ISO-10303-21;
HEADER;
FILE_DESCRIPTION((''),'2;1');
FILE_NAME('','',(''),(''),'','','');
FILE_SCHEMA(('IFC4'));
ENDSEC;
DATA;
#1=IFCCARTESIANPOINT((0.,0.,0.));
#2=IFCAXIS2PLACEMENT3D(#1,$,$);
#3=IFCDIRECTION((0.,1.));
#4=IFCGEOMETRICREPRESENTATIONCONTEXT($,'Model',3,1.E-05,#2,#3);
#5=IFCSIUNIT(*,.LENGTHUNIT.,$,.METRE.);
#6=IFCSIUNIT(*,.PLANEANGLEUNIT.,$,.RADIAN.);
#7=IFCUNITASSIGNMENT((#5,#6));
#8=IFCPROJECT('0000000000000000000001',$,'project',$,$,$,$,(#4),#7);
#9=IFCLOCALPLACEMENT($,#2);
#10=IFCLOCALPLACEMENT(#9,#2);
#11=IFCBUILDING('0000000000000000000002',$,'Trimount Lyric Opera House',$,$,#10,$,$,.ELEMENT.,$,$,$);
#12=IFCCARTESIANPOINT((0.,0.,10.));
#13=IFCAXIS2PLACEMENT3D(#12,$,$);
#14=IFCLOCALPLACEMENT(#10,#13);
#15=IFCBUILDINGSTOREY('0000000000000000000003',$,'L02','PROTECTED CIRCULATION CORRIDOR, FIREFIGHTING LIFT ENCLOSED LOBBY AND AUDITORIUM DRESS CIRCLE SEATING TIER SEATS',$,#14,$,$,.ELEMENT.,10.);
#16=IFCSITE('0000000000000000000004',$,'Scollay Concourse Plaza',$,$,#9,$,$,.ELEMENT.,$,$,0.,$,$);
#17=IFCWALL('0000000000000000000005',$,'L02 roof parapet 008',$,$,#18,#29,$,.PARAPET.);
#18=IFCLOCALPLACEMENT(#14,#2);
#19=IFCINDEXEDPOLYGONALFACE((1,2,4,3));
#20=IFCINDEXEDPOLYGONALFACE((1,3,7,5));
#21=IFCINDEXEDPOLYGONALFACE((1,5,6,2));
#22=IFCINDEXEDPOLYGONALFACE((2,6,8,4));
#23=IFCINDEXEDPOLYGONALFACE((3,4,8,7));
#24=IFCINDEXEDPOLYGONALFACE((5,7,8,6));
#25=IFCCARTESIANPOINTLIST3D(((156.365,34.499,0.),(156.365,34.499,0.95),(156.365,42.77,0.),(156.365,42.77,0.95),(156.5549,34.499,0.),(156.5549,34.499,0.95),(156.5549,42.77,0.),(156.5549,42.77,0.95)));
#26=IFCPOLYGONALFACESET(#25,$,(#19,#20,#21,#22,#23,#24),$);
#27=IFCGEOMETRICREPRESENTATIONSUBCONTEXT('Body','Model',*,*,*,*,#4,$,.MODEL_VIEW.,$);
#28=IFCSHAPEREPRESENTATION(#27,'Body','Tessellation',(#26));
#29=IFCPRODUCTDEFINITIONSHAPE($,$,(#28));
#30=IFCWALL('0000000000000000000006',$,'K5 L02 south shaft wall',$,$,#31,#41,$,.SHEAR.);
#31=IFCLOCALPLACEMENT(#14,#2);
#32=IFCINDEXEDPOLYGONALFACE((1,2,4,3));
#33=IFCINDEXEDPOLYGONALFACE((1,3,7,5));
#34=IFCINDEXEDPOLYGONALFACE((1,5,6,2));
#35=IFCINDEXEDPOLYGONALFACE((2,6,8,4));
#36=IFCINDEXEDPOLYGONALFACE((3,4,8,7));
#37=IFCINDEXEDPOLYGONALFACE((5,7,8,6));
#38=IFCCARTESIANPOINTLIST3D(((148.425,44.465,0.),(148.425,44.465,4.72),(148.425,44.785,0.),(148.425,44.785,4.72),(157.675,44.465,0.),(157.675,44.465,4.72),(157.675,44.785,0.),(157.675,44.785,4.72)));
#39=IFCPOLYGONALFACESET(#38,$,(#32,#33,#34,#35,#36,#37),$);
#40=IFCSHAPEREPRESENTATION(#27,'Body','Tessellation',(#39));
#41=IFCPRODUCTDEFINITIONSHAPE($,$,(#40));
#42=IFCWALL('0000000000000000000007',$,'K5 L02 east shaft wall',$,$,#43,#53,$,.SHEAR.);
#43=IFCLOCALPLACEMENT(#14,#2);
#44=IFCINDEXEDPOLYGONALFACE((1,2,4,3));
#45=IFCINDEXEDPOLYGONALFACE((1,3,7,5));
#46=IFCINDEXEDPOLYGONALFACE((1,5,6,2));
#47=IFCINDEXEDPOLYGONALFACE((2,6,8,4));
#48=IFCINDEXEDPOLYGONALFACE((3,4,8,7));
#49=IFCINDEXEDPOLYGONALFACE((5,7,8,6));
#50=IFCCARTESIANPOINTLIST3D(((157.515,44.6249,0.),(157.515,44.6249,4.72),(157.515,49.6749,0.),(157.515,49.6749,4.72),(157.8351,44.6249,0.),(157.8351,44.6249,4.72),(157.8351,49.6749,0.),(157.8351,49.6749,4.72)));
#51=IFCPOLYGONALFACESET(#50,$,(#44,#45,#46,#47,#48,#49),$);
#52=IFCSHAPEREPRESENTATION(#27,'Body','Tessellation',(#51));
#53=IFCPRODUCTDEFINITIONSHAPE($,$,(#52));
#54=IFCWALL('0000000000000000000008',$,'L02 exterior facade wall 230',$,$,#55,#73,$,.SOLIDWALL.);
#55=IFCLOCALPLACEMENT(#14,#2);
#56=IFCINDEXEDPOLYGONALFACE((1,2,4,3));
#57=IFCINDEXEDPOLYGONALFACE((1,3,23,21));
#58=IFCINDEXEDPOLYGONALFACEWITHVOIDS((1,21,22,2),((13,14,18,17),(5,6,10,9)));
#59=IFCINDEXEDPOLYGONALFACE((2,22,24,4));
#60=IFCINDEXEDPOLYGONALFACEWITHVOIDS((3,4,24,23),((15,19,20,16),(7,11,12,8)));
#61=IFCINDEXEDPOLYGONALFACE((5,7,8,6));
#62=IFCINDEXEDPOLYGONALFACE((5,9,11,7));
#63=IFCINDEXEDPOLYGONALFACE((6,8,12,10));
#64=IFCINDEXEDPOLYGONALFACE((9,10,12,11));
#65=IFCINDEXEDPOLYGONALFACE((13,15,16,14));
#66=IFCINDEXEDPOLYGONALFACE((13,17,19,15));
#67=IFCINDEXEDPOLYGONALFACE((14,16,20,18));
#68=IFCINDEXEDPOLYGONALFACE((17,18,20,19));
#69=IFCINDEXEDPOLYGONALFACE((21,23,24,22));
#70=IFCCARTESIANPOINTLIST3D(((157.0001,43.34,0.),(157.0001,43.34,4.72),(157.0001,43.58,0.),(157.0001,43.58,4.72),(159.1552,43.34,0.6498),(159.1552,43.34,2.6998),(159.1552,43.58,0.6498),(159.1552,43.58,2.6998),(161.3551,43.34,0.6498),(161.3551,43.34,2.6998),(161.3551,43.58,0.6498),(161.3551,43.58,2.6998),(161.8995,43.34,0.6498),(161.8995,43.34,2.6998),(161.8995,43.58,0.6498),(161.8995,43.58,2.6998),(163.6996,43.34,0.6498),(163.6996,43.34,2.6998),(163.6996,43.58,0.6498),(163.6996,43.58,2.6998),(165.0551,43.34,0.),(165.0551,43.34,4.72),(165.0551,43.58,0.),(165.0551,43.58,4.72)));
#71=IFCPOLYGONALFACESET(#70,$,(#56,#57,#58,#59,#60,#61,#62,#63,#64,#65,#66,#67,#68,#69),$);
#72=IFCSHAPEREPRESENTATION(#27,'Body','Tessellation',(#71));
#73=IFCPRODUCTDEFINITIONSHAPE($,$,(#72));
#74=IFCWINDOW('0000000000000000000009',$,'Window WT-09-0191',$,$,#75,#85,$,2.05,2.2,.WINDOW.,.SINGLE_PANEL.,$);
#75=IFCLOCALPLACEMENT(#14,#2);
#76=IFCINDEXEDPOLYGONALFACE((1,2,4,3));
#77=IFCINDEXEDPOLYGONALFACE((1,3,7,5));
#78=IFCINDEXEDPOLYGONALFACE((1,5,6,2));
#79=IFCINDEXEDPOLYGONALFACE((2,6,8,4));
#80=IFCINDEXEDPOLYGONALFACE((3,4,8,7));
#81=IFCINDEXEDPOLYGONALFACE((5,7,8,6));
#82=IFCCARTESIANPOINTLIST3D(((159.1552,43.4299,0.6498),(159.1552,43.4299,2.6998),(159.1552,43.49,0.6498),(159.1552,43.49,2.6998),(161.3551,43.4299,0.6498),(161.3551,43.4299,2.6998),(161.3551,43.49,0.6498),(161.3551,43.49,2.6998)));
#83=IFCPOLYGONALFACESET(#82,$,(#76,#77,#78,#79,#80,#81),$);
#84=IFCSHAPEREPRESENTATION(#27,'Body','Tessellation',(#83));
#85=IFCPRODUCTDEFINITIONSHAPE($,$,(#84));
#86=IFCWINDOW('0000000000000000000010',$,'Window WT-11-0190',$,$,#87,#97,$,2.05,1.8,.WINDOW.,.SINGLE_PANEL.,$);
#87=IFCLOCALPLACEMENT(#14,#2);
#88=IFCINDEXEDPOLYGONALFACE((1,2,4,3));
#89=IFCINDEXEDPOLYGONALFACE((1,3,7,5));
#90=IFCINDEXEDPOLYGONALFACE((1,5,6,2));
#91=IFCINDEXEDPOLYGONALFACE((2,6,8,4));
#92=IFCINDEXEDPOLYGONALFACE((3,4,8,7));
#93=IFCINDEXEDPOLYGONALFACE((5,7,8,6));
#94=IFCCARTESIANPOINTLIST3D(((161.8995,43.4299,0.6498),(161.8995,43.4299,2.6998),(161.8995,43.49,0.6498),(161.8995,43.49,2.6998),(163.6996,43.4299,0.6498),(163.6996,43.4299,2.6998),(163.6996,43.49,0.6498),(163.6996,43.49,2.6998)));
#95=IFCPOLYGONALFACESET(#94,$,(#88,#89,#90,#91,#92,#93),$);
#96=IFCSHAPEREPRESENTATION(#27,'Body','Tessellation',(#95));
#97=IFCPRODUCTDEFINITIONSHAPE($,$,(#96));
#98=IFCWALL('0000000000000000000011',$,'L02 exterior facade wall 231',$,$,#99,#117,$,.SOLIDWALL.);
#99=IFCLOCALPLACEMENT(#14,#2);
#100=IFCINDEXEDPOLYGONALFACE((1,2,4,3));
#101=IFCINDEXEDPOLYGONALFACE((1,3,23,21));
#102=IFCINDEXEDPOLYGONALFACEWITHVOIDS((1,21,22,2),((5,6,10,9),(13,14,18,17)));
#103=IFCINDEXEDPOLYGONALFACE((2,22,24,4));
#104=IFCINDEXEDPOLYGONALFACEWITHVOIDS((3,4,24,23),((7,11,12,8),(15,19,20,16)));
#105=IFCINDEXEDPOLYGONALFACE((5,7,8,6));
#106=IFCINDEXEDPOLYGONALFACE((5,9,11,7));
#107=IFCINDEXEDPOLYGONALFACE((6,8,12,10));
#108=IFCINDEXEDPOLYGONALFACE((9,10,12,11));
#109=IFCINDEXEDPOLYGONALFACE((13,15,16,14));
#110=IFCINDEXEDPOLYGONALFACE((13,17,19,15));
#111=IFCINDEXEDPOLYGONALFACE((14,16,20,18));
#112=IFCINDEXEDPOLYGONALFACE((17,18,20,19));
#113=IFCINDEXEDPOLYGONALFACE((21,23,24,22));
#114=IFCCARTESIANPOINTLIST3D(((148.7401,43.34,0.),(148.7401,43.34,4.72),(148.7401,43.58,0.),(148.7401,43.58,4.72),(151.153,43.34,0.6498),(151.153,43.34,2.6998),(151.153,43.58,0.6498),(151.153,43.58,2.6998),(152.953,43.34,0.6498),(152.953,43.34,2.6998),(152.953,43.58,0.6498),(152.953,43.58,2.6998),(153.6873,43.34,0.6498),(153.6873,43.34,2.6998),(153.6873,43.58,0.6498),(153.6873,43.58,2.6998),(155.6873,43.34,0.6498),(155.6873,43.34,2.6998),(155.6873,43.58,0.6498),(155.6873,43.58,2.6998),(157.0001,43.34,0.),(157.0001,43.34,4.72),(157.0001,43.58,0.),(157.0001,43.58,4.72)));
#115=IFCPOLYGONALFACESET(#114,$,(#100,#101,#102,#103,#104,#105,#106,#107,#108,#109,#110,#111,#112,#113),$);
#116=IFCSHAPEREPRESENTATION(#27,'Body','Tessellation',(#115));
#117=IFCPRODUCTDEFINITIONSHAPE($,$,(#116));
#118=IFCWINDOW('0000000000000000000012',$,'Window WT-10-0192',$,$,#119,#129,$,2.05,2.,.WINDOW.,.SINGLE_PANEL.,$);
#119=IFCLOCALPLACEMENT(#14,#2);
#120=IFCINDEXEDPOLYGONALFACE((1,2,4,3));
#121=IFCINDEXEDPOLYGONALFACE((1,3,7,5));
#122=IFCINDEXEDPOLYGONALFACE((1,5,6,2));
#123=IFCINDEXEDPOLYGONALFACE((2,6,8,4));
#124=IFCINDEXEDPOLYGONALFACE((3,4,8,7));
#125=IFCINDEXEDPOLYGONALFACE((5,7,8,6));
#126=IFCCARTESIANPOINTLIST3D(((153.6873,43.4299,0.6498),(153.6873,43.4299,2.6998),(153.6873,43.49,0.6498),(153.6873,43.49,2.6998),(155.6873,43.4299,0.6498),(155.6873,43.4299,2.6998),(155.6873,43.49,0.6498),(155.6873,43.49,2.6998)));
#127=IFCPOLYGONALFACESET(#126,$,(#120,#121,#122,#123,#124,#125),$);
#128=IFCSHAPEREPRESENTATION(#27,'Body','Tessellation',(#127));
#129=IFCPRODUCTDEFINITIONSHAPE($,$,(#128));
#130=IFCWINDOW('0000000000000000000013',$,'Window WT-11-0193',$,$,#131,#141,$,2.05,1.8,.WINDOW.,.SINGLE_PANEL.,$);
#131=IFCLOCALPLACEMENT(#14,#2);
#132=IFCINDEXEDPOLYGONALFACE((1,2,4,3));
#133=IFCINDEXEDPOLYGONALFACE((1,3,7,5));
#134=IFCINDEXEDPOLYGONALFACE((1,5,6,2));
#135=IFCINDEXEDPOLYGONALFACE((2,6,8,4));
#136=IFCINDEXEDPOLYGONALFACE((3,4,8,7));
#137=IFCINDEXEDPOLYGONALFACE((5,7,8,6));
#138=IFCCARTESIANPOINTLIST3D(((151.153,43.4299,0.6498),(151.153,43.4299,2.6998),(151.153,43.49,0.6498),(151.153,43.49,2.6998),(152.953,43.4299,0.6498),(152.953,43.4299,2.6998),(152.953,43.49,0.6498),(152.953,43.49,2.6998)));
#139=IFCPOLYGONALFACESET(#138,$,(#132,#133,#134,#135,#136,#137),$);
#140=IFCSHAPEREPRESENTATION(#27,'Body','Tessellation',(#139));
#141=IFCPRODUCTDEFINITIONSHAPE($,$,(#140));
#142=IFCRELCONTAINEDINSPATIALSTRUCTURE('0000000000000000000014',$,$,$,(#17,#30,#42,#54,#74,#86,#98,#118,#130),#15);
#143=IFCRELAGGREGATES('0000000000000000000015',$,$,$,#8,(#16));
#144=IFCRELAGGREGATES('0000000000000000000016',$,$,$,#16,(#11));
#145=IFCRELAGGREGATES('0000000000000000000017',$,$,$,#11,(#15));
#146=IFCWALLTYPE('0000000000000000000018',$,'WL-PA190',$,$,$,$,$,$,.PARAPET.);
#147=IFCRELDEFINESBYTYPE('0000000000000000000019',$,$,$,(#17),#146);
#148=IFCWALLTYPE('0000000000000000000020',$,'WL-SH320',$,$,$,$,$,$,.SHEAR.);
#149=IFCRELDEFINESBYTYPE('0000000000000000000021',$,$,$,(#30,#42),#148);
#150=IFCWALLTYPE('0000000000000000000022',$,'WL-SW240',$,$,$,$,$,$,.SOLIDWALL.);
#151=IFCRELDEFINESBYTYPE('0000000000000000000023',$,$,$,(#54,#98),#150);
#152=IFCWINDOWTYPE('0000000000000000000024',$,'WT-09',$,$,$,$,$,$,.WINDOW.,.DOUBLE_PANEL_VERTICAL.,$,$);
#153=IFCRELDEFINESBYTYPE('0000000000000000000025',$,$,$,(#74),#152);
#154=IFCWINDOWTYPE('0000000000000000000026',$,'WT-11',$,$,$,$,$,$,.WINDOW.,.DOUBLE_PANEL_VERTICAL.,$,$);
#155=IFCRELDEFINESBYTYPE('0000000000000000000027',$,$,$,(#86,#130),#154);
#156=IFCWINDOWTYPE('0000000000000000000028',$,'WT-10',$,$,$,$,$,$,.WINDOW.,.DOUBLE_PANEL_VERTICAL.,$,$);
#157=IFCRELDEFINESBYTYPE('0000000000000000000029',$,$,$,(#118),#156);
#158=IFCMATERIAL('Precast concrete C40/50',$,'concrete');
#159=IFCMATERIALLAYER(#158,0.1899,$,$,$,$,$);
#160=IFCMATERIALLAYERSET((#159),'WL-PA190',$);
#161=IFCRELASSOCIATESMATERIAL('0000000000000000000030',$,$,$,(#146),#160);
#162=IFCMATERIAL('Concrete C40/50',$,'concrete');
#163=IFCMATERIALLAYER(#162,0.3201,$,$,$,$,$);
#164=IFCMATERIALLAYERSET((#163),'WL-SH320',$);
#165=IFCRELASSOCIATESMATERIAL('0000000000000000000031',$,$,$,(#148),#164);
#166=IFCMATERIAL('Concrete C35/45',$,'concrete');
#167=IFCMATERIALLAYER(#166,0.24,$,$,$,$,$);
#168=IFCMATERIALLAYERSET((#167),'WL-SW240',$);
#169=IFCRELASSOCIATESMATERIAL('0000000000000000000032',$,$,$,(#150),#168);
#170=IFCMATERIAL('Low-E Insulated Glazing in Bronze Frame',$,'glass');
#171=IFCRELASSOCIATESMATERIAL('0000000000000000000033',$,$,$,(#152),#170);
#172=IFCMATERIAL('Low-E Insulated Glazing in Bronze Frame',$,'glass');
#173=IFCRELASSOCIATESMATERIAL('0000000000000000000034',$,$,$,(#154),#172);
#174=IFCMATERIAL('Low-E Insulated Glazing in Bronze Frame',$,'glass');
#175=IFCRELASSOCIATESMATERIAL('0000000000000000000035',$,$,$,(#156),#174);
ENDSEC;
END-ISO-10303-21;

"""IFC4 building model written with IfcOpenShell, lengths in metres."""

from ifc_helpers import new_model, si_unit, direction, frame, frame_2d, origin, place, context, subcontext, project, spatial, rectangle, extrude, material, layer, layer_set, type_object, element, fill, save


model = new_model("IFC4")

# Units and contexts
model_context = context("Model", 3, precision=1e-05, world=origin(), true_north=direction((0.0, 1.0)))
body_context = subcontext(model_context, "Body", "Model", "MODEL_VIEW")
ifc_project = project(units=[si_unit("LENGTHUNIT", "METRE"), si_unit("PLANEANGLEUNIT", "RADIAN")], contexts=[model_context])

# Site, building, storey
site_placement = place(None, origin())
site = spatial("IfcSite", under=ifc_project, at=site_placement, Name="Scollay Concourse Plaza", CompositionType="ELEMENT", RefElevation=0.0)
building_placement = place(site_placement, origin())
building = spatial("IfcBuilding", under=site, at=building_placement, Name="Trimount Lyric Opera House", CompositionType="ELEMENT")
storey_placement = place(building_placement, frame((0.0, 0.0, 10.0)))
storey = spatial("IfcBuildingStorey", under=building, at=storey_placement, Name="L02", Description="PROTECTED CIRCULATION CORRIDOR, FIREFIGHTING LIFT ENCLOSED LOBBY AND AUDITORIUM DRESS CIRCLE SEATING TIER SEATS", CompositionType="ELEMENT", Elevation=10.0)

# Walls
ifc_material_1 = material(Name="Precast concrete C40/50", Category="concrete")
ifc_layer_1 = layer(ifc_material_1, 0.1899)
ifc_layer_set_1 = layer_set([ifc_layer_1], Name="WL-PA190")
wall_type_1 = type_object("IfcWallType", Name="WL-PA190", PredefinedType="PARAPET", material=ifc_layer_set_1)
wall_1_placement = place(storey_placement, frame((156.46, 34.499, 0.0), z_axis=(0.0, 0.0, 1.0), x_axis=(0.0, 1.0, 0.0)))
element("IfcWall", 1, at=wall_1_placement, inside=storey, type_object=wall_type_1, Name="L02 roof parapet 008", PredefinedType="PARAPET", context=body_context, shape_type="SweptSolid", body=[
    extrude(rectangle(XDim=8.271, YDim=0.1899, at=frame_2d((4.1355, 0.0))), origin(), (0.0, 0.0, 1.0), 0.95),
])
ifc_material_2 = material(Name="Concrete C40/50", Category="concrete")
ifc_layer_2 = layer(ifc_material_2, 0.3201)
ifc_layer_set_2 = layer_set([ifc_layer_2], Name="WL-SH320")
wall_type_2 = type_object("IfcWallType", Name="WL-SH320", PredefinedType="SHEAR", material=ifc_layer_set_2)
wall_2_placement = place(storey_placement, frame((148.425, 44.625, 0.0), z_axis=(0.0, 0.0, 1.0), x_axis=(1.0, 0.0, 0.0)))
element("IfcWall", 2, at=wall_2_placement, inside=storey, type_object=wall_type_2, Name="K5 L02 south shaft wall", PredefinedType="SHEAR", context=body_context, shape_type="SweptSolid", body=[
    extrude(rectangle(XDim=9.25, YDim=0.3201, at=frame_2d((4.625, 0.0))), origin(), (0.0, 0.0, 1.0), 4.72),
])
wall_3_placement = place(storey_placement, frame((157.675, 44.625, 0.0), z_axis=(0.0, 0.0, 1.0), x_axis=(0.0, 1.0, 0.0)))
element("IfcWall", 3, at=wall_3_placement, inside=storey, type_object=wall_type_2, Name="K5 L02 east shaft wall", PredefinedType="SHEAR", context=body_context, shape_type="SweptSolid", body=[
    extrude(rectangle(XDim=5.05, YDim=0.3201, at=frame_2d((2.5249, 0.0))), origin(), (0.0, 0.0, 1.0), 4.72),
])

# Walls, openings, windows
ifc_material_3 = material(Name="Concrete C35/45", Category="concrete")
ifc_layer_3 = layer(ifc_material_3, 0.24)
ifc_layer_set_3 = layer_set([ifc_layer_3], Name="WL-SW240")
wall_type_3 = type_object("IfcWallType", Name="WL-SW240", PredefinedType="SOLIDWALL", material=ifc_layer_set_3)
wall_4_placement = place(storey_placement, frame((165.0549, 43.46, 0.0), z_axis=(0.0, 0.0, 1.0), x_axis=(-1.0, 0.0, 0.0)))
wall_4 = element("IfcWall", 4, at=wall_4_placement, inside=storey, type_object=wall_type_3, Name="L02 exterior facade wall 230", PredefinedType="SOLIDWALL", context=body_context, shape_type="SweptSolid", body=[
    extrude(rectangle(XDim=8.0549, YDim=0.24, at=frame_2d((4.0273, 0.0))), origin(), (0.0, 0.0, 1.0), 4.72),
])
opening_1_placement = place(wall_4_placement, frame((1.3555, 0.0, 0.6499)))
opening_1 = element("IfcOpeningElement", 5, at=opening_1_placement, cuts=wall_4, PredefinedType="OPENING", context=body_context, shape_type="SweptSolid", body=[
    extrude(rectangle(XDim=1.8, YDim=2.05, at=frame_2d((0.8999, 1.0249))), frame((0.0, 0.1299, 0.0), z_axis=(0.0, -1.0, 0.0), x_axis=(1.0, 0.0, 0.0)), (0.0, 0.0, 1.0), 0.26),
])
opening_2_placement = place(wall_4_placement, frame((3.6997, 0.0, 0.6499)))
opening_2 = element("IfcOpeningElement", 6, at=opening_2_placement, cuts=wall_4, PredefinedType="OPENING", context=body_context, shape_type="SweptSolid", body=[
    extrude(rectangle(XDim=2.2, YDim=2.05, at=frame_2d((1.1001, 1.0249))), frame((0.0, 0.1299, 0.0), z_axis=(0.0, -1.0, 0.0), x_axis=(1.0, 0.0, 0.0)), (0.0, 0.0, 1.0), 0.26),
])
ifc_material_4 = material(Name="Low-E Insulated Glazing in Bronze Frame", Category="glass")
window_type_1 = type_object("IfcWindowType", Name="WT-09", PartitioningType="DOUBLE_PANEL_VERTICAL", PredefinedType="WINDOW", material=ifc_material_4)
window_1_placement = place(opening_2_placement, origin())
window_1 = element("IfcWindow", 7, at=window_1_placement, inside=storey, type_object=window_type_1, Name="Window WT-09-0191", OverallHeight=2.05, OverallWidth=2.2, PartitioningType="SINGLE_PANEL", PredefinedType="WINDOW", context=body_context, shape_type="SweptSolid", body=[
    extrude(rectangle(XDim=2.2, YDim=2.05, at=frame_2d((1.1001, 1.0249))), frame((0.0, 0.03, 0.0), z_axis=(0.0, -1.0, 0.0), x_axis=(1.0, 0.0, 0.0)), (0.0, 0.0, 1.0), 0.0601),
])
fill(opening_2, window_1)
ifc_material_5 = material(Name="Low-E Insulated Glazing in Bronze Frame", Category="glass")
window_type_2 = type_object("IfcWindowType", Name="WT-11", PartitioningType="DOUBLE_PANEL_VERTICAL", PredefinedType="WINDOW", material=ifc_material_5)
window_2_placement = place(opening_1_placement, origin())
window_2 = element("IfcWindow", 8, at=window_2_placement, inside=storey, type_object=window_type_2, Name="Window WT-11-0190", OverallHeight=2.05, OverallWidth=1.8, PartitioningType="SINGLE_PANEL", PredefinedType="WINDOW", context=body_context, shape_type="SweptSolid", body=[
    extrude(rectangle(XDim=1.8, YDim=2.05, at=frame_2d((0.8999, 1.0249))), frame((0.0, 0.03, 0.0), z_axis=(0.0, -1.0, 0.0), x_axis=(1.0, 0.0, 0.0)), (0.0, 0.0, 1.0), 0.0601),
])
fill(opening_1, window_2)
wall_5_placement = place(storey_placement, frame((157.0, 43.46, 0.0), z_axis=(0.0, 0.0, 1.0), x_axis=(-1.0, 0.0, 0.0)))
wall_5 = element("IfcWall", 9, at=wall_5_placement, inside=storey, type_object=wall_type_3, Name="L02 exterior facade wall 231", PredefinedType="SOLIDWALL", context=body_context, shape_type="SweptSolid", body=[
    extrude(rectangle(XDim=8.26, YDim=0.24, at=frame_2d((4.1299, 0.0))), origin(), (0.0, 0.0, 1.0), 4.72),
])
opening_3_placement = place(wall_5_placement, frame((1.3127, 0.0, 0.6499)))
opening_3 = element("IfcOpeningElement", 10, at=opening_3_placement, cuts=wall_5, PredefinedType="OPENING", context=body_context, shape_type="SweptSolid", body=[
    extrude(rectangle(XDim=2.0, YDim=2.05, at=frame_2d((1.0, 1.0249))), frame((0.0, 0.1299, 0.0), z_axis=(0.0, -1.0, 0.0), x_axis=(1.0, 0.0, 0.0)), (0.0, 0.0, 1.0), 0.26),
])
opening_4_placement = place(wall_5_placement, frame((4.0471, 0.0, 0.6499)))
opening_4 = element("IfcOpeningElement", 11, at=opening_4_placement, cuts=wall_5, PredefinedType="OPENING", context=body_context, shape_type="SweptSolid", body=[
    extrude(rectangle(XDim=1.8, YDim=2.05, at=frame_2d((0.8999, 1.0249))), frame((0.0, 0.1299, 0.0), z_axis=(0.0, -1.0, 0.0), x_axis=(1.0, 0.0, 0.0)), (0.0, 0.0, 1.0), 0.26),
])
ifc_material_6 = material(Name="Low-E Insulated Glazing in Bronze Frame", Category="glass")
window_type_3 = type_object("IfcWindowType", Name="WT-10", PartitioningType="DOUBLE_PANEL_VERTICAL", PredefinedType="WINDOW", material=ifc_material_6)
window_3_placement = place(opening_3_placement, origin())
window_3 = element("IfcWindow", 12, at=window_3_placement, inside=storey, type_object=window_type_3, Name="Window WT-10-0192", OverallHeight=2.05, OverallWidth=2.0, PartitioningType="SINGLE_PANEL", PredefinedType="WINDOW", context=body_context, shape_type="SweptSolid", body=[
    extrude(rectangle(XDim=2.0, YDim=2.05, at=frame_2d((1.0, 1.0249))), frame((0.0, 0.03, 0.0), z_axis=(0.0, -1.0, 0.0), x_axis=(1.0, 0.0, 0.0)), (0.0, 0.0, 1.0), 0.0601),
])
fill(opening_3, window_3)
window_4_placement = place(opening_4_placement, origin())
window_4 = element("IfcWindow", 13, at=window_4_placement, inside=storey, type_object=window_type_2, Name="Window WT-11-0193", OverallHeight=2.05, OverallWidth=1.8, PartitioningType="SINGLE_PANEL", PredefinedType="WINDOW", context=body_context, shape_type="SweptSolid", body=[
    extrude(rectangle(XDim=1.8, YDim=2.05, at=frame_2d((0.8999, 1.0249))), frame((0.0, 0.03, 0.0), z_axis=(0.0, -1.0, 0.0), x_axis=(1.0, 0.0, 0.0)), (0.0, 0.0, 1.0), 0.0601),
])
fill(opening_4, window_4)

save(model, "model.ifc")
